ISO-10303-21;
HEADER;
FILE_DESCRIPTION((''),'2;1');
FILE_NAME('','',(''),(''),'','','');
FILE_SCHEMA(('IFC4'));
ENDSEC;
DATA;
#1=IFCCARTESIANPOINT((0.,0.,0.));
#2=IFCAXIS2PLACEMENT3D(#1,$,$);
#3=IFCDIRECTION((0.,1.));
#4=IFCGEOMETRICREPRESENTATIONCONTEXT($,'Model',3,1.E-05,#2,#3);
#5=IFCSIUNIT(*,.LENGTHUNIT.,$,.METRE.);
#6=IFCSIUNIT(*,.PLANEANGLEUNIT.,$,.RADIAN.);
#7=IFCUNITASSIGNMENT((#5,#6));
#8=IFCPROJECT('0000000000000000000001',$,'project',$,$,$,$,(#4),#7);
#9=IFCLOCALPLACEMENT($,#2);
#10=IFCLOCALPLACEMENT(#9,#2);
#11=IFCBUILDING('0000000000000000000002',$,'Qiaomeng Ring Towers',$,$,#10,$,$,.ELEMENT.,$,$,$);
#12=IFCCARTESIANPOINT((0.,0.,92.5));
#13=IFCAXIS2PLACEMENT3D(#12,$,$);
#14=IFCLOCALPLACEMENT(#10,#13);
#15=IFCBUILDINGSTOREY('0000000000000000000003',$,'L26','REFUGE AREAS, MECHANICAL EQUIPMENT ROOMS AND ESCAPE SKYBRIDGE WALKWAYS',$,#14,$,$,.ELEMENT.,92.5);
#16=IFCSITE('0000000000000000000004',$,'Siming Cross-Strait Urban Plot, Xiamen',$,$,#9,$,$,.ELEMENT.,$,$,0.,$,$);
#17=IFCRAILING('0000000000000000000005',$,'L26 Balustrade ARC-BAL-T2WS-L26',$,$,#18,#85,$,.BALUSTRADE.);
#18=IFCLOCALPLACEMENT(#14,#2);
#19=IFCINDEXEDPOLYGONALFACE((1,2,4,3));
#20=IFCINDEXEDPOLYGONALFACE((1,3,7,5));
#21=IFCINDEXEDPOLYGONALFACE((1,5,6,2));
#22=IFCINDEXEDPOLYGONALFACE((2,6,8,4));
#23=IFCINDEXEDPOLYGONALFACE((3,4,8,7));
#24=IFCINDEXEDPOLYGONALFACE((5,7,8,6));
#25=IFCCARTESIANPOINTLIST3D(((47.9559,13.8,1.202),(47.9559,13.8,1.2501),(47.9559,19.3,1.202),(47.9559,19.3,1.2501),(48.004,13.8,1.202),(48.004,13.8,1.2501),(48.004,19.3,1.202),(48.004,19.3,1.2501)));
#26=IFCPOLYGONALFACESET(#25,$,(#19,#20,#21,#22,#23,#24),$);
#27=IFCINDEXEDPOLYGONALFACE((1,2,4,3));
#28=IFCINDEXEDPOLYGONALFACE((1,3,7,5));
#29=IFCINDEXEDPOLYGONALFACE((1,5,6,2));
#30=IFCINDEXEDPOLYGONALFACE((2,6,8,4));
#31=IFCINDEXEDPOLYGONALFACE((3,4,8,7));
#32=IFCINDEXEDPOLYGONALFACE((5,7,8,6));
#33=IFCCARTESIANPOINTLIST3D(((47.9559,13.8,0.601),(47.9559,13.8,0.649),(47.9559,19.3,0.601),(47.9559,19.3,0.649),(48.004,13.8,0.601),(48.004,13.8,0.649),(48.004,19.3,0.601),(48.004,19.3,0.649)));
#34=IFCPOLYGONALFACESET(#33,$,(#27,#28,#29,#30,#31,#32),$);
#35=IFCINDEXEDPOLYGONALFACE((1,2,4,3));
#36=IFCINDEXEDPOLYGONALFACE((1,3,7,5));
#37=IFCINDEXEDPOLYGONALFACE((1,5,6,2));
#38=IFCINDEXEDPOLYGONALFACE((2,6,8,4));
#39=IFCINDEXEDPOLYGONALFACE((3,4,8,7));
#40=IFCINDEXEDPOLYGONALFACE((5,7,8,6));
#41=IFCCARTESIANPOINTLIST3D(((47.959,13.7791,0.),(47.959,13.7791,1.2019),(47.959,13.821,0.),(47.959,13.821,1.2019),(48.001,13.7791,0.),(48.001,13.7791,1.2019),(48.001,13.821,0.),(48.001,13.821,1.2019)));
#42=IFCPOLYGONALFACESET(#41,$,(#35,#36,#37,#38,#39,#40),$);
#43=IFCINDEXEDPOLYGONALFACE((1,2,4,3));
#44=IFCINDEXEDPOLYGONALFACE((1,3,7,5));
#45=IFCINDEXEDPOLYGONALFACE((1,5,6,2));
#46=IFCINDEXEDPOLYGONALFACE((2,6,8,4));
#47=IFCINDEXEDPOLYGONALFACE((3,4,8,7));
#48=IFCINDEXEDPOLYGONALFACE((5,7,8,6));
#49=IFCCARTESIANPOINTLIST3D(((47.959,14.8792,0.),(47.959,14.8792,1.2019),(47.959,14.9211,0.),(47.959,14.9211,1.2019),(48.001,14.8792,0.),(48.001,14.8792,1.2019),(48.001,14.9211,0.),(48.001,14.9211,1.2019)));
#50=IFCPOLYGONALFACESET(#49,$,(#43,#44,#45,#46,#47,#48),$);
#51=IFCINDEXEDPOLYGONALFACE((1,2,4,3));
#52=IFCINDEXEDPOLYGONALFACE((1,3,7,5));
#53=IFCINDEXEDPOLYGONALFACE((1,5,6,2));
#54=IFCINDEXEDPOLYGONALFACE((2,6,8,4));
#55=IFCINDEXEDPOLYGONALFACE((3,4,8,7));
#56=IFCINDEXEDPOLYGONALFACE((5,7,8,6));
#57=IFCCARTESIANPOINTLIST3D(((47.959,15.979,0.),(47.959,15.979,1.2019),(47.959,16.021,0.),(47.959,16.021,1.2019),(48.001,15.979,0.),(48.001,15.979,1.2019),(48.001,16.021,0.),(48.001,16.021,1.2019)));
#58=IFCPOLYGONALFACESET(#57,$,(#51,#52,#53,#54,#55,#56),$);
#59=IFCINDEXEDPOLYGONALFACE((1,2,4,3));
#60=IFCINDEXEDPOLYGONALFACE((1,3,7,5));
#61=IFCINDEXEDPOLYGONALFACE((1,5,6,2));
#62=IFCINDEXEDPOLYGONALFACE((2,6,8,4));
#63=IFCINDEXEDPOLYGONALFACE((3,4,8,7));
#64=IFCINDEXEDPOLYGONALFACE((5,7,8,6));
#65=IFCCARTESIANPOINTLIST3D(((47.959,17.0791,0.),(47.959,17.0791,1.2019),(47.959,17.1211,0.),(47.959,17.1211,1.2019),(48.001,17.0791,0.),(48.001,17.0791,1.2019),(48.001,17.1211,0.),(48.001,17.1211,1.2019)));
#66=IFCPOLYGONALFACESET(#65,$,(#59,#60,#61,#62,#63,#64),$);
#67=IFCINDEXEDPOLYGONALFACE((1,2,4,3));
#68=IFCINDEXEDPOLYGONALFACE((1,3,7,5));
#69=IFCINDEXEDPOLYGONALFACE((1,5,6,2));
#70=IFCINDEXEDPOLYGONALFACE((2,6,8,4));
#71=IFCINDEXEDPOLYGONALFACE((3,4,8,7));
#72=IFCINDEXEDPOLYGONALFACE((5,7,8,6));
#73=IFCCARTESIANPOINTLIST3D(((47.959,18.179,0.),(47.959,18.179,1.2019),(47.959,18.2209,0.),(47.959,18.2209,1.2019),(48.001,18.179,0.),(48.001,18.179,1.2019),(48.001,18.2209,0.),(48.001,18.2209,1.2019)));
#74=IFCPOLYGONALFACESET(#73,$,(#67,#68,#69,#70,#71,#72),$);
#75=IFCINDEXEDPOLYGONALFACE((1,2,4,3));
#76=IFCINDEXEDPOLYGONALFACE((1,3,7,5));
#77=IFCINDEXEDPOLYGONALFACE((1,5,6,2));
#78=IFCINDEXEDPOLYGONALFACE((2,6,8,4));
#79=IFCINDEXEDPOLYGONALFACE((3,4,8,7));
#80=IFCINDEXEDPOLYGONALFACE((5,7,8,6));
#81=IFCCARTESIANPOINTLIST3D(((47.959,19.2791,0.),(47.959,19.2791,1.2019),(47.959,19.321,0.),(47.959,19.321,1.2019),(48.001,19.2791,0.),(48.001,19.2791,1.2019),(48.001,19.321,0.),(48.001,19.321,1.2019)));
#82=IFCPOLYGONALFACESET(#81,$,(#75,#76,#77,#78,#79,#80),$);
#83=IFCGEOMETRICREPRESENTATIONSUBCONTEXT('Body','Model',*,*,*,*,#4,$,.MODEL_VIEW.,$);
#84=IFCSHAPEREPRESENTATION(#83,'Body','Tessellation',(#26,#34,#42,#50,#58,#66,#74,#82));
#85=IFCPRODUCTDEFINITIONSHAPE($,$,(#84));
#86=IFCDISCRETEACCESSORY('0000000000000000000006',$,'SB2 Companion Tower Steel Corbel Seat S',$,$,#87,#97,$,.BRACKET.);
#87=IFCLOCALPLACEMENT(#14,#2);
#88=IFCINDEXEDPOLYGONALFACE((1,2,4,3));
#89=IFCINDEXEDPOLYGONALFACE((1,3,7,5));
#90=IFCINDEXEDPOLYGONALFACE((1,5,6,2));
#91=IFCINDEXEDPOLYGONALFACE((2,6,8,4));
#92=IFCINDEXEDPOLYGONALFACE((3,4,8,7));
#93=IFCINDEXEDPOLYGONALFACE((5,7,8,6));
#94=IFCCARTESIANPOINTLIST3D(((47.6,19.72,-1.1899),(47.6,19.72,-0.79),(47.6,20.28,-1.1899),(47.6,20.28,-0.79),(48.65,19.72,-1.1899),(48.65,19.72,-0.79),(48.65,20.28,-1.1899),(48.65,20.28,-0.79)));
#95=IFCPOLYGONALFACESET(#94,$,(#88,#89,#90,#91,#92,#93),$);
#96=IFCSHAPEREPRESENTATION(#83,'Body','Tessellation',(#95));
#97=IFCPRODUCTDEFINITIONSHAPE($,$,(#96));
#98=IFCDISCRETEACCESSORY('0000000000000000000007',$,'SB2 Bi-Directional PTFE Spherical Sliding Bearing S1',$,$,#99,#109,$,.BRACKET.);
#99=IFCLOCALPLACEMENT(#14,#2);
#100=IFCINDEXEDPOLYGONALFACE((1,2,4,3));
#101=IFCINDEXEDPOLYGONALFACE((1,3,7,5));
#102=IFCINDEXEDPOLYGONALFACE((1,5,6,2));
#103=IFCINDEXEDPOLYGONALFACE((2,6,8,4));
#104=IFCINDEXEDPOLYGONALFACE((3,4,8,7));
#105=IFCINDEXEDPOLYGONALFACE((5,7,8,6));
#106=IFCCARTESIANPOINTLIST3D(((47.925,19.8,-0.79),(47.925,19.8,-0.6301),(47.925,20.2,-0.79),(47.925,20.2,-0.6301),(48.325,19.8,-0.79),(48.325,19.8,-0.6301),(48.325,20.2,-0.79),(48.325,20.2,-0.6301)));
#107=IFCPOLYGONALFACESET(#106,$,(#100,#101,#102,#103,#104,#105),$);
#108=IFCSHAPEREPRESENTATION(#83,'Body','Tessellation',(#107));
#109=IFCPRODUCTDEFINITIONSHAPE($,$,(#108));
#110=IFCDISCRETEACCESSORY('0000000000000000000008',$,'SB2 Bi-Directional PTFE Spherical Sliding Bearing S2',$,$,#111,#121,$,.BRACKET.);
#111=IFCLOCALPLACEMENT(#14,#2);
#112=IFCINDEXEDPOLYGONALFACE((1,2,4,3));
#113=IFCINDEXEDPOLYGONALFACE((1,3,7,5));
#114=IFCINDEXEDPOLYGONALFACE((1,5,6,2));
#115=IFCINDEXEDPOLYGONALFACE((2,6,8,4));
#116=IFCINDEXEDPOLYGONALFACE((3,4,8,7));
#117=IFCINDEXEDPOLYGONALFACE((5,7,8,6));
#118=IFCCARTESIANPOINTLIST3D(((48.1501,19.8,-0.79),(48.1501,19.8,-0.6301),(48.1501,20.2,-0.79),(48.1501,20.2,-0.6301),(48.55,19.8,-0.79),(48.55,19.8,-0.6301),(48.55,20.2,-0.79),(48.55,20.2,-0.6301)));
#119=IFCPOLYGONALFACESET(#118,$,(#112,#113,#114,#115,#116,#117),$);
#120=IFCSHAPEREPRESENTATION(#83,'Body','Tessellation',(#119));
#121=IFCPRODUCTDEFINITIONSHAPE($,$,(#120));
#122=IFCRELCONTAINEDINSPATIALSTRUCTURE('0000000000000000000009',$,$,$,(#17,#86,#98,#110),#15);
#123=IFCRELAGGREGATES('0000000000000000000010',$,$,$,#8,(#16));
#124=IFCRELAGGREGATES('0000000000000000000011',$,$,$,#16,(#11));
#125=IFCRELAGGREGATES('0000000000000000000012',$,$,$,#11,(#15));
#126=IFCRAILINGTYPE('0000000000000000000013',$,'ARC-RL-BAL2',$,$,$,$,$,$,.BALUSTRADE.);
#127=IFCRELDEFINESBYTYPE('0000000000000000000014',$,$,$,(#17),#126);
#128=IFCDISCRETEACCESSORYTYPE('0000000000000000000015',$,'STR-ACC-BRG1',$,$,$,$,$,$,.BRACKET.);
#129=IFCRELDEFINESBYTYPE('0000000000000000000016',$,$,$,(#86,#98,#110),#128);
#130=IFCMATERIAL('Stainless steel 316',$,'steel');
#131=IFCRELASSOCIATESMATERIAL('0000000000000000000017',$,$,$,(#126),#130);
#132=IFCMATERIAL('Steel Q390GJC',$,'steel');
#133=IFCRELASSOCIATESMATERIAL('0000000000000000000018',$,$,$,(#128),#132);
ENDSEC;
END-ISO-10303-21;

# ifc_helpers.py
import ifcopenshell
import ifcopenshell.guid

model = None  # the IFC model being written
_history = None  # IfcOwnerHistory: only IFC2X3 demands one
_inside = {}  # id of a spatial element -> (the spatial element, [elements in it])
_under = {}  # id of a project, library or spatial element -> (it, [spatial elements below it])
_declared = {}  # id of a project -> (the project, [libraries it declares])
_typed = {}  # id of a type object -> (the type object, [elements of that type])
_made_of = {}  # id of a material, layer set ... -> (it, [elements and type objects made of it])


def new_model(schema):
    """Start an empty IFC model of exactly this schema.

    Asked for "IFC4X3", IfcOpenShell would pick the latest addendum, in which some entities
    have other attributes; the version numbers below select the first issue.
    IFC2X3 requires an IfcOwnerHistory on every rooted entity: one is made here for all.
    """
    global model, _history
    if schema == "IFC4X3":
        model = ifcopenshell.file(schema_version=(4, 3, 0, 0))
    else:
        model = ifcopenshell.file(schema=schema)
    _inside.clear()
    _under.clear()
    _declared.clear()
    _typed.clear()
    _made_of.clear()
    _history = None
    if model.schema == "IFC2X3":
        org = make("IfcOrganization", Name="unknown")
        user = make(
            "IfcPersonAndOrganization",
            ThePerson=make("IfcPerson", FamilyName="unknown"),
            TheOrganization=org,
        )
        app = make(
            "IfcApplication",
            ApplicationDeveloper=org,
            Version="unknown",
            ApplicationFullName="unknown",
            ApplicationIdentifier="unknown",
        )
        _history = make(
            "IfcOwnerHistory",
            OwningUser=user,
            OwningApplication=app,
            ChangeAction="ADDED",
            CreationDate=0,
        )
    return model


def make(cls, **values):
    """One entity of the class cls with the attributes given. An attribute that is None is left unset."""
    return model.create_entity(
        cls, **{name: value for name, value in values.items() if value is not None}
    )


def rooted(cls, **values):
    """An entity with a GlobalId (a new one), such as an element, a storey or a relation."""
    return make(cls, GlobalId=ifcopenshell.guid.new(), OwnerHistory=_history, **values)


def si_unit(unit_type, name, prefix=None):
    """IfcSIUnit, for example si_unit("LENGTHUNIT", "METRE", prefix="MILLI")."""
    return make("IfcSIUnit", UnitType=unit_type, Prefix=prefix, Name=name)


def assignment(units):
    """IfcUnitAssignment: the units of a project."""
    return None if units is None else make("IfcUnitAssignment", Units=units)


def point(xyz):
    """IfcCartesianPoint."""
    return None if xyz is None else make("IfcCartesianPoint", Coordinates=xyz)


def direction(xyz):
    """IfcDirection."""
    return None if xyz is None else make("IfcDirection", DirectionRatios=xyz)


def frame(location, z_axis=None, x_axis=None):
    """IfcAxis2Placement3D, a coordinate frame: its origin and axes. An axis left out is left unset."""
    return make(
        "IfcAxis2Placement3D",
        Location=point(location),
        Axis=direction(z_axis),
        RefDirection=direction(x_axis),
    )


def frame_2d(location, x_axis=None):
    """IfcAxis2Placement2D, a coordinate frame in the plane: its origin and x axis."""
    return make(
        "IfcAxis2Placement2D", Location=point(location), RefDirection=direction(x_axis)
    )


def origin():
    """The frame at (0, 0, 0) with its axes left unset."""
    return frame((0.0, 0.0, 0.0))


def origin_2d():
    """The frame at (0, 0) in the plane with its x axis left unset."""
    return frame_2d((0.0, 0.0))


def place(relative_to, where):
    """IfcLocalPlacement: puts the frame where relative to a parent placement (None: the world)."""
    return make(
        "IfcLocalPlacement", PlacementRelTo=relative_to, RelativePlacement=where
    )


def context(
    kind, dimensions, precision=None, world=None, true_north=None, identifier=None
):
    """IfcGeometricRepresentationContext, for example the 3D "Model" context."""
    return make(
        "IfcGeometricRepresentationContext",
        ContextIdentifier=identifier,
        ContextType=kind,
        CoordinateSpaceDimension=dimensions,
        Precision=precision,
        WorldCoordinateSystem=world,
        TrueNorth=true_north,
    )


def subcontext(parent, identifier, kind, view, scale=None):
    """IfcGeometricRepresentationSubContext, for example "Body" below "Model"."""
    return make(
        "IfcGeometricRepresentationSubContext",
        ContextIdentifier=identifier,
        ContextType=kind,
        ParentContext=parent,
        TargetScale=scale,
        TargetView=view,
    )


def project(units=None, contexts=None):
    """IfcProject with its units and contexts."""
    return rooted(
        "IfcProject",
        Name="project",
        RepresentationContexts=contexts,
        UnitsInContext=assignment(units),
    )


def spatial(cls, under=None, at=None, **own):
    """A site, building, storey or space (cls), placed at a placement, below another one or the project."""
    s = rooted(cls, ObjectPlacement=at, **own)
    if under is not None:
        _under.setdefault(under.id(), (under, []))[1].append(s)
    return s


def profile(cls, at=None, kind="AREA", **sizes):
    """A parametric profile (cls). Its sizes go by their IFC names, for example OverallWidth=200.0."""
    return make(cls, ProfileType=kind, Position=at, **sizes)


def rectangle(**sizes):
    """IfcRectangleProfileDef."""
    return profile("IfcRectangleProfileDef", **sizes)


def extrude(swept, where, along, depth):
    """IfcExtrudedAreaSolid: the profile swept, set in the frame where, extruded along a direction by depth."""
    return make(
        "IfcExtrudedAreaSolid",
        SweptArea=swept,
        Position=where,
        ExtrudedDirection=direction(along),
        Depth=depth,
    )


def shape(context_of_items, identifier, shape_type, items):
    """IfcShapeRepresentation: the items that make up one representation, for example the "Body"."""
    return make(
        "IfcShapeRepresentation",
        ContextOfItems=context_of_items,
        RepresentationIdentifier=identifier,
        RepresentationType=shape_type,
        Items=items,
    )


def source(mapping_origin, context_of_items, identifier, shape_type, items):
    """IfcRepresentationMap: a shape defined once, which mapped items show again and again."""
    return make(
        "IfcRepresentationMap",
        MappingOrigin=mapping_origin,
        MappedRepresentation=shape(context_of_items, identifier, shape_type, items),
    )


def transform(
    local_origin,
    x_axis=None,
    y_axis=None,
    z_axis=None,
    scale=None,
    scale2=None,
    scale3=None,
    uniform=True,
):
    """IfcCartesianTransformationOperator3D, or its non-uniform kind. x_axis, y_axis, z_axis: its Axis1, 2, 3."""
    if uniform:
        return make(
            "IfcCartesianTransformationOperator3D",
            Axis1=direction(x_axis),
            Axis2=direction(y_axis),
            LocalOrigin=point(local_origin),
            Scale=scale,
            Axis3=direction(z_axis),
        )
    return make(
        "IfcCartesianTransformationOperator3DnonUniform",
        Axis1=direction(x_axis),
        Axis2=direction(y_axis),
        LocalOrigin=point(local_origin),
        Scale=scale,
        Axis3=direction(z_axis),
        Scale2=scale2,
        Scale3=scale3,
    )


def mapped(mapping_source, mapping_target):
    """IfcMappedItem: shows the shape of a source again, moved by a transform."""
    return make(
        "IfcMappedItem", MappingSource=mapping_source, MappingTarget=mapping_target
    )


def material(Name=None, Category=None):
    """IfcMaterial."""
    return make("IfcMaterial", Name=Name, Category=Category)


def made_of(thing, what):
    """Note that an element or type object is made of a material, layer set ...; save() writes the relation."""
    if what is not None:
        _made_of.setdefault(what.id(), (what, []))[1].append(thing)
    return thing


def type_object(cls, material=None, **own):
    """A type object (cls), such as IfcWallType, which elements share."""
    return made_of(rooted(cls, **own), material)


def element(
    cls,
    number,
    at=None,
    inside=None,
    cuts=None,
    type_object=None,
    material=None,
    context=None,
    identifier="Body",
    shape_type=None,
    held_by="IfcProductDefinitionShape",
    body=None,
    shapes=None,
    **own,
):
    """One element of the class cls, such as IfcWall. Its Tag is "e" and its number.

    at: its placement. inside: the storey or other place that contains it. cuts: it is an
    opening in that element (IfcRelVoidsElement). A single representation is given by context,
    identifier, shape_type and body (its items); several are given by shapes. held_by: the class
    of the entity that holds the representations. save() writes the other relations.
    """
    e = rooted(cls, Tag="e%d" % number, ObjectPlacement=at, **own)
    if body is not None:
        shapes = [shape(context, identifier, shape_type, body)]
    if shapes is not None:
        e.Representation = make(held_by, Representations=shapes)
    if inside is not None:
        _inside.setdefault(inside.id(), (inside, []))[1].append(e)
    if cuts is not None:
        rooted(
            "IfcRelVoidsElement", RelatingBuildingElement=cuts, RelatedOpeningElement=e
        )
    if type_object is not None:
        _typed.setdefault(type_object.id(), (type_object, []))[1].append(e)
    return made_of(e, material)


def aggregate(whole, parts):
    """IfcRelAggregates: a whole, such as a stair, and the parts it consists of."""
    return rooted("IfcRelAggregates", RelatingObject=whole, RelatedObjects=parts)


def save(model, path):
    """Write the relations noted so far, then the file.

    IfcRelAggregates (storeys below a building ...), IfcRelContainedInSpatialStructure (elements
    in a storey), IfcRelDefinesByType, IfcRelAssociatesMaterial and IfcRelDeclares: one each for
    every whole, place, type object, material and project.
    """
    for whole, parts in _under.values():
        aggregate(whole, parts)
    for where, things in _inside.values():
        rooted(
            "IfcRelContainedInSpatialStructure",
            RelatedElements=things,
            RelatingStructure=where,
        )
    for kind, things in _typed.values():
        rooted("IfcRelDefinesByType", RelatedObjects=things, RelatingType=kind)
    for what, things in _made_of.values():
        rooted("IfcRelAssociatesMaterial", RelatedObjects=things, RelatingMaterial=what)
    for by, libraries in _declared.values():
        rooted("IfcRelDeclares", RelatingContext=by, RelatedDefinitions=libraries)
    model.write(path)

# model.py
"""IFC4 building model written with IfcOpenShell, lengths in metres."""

from ifc_helpers import new_model, si_unit, direction, frame, origin, origin_2d, place, context, subcontext, project, spatial, rectangle, extrude, source, transform, mapped, material, type_object, element, save


model = new_model("IFC4")

# Units and contexts
model_context = context("Model", 3, precision=1e-05, world=origin(), true_north=direction((0.0, 1.0)))
body_context = subcontext(model_context, "Body", "Model", "MODEL_VIEW")
ifc_project = project(units=[si_unit("LENGTHUNIT", "METRE"), si_unit("PLANEANGLEUNIT", "RADIAN")], contexts=[model_context])

# Site, building, storey
site_placement = place(None, origin())
site = spatial("IfcSite", under=ifc_project, at=site_placement, Name="Siming Cross-Strait Urban Plot, Xiamen", CompositionType="ELEMENT", RefElevation=0.0)
building_placement = place(site_placement, origin())
building = spatial("IfcBuilding", under=site, at=building_placement, Name="Qiaomeng Ring Towers", CompositionType="ELEMENT")
storey_placement = place(building_placement, frame((0.0, 0.0, 92.5)))
storey = spatial("IfcBuildingStorey", under=building, at=storey_placement, Name="L26", Description="REFUGE AREAS, MECHANICAL EQUIPMENT ROOMS AND ESCAPE SKYBRIDGE WALKWAYS", CompositionType="ELEMENT", Elevation=92.5)

# Shared definitions
ifc_material_1 = material(Name="Steel Q390GJC", Category="steel")

# Railing
ifc_material_2 = material(Name="Stainless steel 316", Category="steel")
railing_type_1 = type_object("IfcRailingType", Name="ARC-RL-BAL2", PredefinedType="BALUSTRADE", material=ifc_material_2)
railing_1_placement = place(storey_placement, frame((47.98, 13.8, 0.0)))
element("IfcRailing", 1, at=railing_1_placement, inside=storey, type_object=railing_type_1, Name="L26 Balustrade ARC-BAL-T2WS-L26", PredefinedType="BALUSTRADE", context=body_context, shape_type="SweptSolid", body=[
    extrude(rectangle(XDim=0.0481, YDim=0.0481, at=origin_2d()), frame((0.0, 0.0, 1.2261), z_axis=(0.0, 1.0, 0.0), x_axis=(-1.0, 0.0, 0.0)), (0.0, 0.0, 1.0), 5.5),
    extrude(rectangle(XDim=0.0481, YDim=0.0481, at=origin_2d()), frame((0.0, 0.0, 0.625), z_axis=(0.0, 1.0, 0.0), x_axis=(-1.0, 0.0, 0.0)), (0.0, 0.0, 1.0), 5.5),
    extrude(rectangle(XDim=0.042, YDim=0.042, at=origin_2d()), origin(), (0.0, 0.0, 1.0), 1.2019),
    extrude(rectangle(XDim=0.042, YDim=0.042, at=origin_2d()), frame((0.0, 1.1001, 0.0)), (0.0, 0.0, 1.0), 1.2019),
    extrude(rectangle(XDim=0.042, YDim=0.042, at=origin_2d()), frame((0.0, 2.2, 0.0)), (0.0, 0.0, 1.0), 1.2019),
    extrude(rectangle(XDim=0.042, YDim=0.042, at=origin_2d()), frame((0.0, 3.3, 0.0)), (0.0, 0.0, 1.0), 1.2019),
    extrude(rectangle(XDim=0.042, YDim=0.042, at=origin_2d()), frame((0.0, 4.3999, 0.0)), (0.0, 0.0, 1.0), 1.2019),
    extrude(rectangle(XDim=0.042, YDim=0.042, at=origin_2d()), frame((0.0, 5.5, 0.0)), (0.0, 0.0, 1.0), 1.2019),
])

# Discrete accessories
discrete_accessory_type = type_object("IfcDiscreteAccessoryType", Name="STR-ACC-BRG1", PredefinedType="BRACKET", material=ifc_material_1)
shared_shape_1 = source(origin(), body_context, "Body", "SweptSolid", [
    extrude(rectangle(XDim=1.05, YDim=0.5601, at=origin_2d()), origin(), (0.0, 0.0, 1.0), 0.3999),
])
discrete_accessory_placement = place(storey_placement, frame((48.125, 20.0, -1.1899), z_axis=(0.0, 0.0, 1.0), x_axis=(1.0, 0.0, 0.0)))
element("IfcDiscreteAccessory", 2, at=discrete_accessory_placement, inside=storey, type_object=discrete_accessory_type, Name="SB2 Companion Tower Steel Corbel Seat S", PredefinedType="BRACKET", context=body_context, shape_type="MappedRepresentation", body=[
    mapped(shared_shape_1, transform((0.0, 0.0, 0.0), x_axis=(1.0, 0.0, 0.0), y_axis=(0.0, 1.0, 0.0), z_axis=(0.0, 0.0, 1.0), scale=1.0)),
])
shared_shape_2 = source(origin(), body_context, "Body", "SweptSolid", [
    extrude(rectangle(XDim=0.3999, YDim=0.3999, at=origin_2d()), origin(), (0.0, 0.0, 1.0), 0.1599),
])
for number, where, z_axis, x_axis, name in (
    (3, (48.125, 20.0, -0.79), (0.0, 0.0, 1.0), (1.0, 0.0, 0.0), "SB2 Bi-Directional PTFE Spherical Sliding Bearing S1"),
    (4, (48.3501, 20.0, -0.79), (0.0, 0.0, 1.0), (1.0, 0.0, 0.0), "SB2 Bi-Directional PTFE Spherical Sliding Bearing S2"),
):
    element("IfcDiscreteAccessory", number, at=place(storey_placement, frame(where, z_axis=z_axis, x_axis=x_axis)), inside=storey, type_object=discrete_accessory_type, Name=name, PredefinedType="BRACKET", context=body_context, shape_type="MappedRepresentation", body=[
        mapped(shared_shape_2, transform((0.0, 0.0, 0.0), x_axis=(1.0, 0.0, 0.0), y_axis=(0.0, 1.0, 0.0), z_axis=(0.0, 0.0, 1.0), scale=1.0)),
    ])

save(model, "model.ifc")
